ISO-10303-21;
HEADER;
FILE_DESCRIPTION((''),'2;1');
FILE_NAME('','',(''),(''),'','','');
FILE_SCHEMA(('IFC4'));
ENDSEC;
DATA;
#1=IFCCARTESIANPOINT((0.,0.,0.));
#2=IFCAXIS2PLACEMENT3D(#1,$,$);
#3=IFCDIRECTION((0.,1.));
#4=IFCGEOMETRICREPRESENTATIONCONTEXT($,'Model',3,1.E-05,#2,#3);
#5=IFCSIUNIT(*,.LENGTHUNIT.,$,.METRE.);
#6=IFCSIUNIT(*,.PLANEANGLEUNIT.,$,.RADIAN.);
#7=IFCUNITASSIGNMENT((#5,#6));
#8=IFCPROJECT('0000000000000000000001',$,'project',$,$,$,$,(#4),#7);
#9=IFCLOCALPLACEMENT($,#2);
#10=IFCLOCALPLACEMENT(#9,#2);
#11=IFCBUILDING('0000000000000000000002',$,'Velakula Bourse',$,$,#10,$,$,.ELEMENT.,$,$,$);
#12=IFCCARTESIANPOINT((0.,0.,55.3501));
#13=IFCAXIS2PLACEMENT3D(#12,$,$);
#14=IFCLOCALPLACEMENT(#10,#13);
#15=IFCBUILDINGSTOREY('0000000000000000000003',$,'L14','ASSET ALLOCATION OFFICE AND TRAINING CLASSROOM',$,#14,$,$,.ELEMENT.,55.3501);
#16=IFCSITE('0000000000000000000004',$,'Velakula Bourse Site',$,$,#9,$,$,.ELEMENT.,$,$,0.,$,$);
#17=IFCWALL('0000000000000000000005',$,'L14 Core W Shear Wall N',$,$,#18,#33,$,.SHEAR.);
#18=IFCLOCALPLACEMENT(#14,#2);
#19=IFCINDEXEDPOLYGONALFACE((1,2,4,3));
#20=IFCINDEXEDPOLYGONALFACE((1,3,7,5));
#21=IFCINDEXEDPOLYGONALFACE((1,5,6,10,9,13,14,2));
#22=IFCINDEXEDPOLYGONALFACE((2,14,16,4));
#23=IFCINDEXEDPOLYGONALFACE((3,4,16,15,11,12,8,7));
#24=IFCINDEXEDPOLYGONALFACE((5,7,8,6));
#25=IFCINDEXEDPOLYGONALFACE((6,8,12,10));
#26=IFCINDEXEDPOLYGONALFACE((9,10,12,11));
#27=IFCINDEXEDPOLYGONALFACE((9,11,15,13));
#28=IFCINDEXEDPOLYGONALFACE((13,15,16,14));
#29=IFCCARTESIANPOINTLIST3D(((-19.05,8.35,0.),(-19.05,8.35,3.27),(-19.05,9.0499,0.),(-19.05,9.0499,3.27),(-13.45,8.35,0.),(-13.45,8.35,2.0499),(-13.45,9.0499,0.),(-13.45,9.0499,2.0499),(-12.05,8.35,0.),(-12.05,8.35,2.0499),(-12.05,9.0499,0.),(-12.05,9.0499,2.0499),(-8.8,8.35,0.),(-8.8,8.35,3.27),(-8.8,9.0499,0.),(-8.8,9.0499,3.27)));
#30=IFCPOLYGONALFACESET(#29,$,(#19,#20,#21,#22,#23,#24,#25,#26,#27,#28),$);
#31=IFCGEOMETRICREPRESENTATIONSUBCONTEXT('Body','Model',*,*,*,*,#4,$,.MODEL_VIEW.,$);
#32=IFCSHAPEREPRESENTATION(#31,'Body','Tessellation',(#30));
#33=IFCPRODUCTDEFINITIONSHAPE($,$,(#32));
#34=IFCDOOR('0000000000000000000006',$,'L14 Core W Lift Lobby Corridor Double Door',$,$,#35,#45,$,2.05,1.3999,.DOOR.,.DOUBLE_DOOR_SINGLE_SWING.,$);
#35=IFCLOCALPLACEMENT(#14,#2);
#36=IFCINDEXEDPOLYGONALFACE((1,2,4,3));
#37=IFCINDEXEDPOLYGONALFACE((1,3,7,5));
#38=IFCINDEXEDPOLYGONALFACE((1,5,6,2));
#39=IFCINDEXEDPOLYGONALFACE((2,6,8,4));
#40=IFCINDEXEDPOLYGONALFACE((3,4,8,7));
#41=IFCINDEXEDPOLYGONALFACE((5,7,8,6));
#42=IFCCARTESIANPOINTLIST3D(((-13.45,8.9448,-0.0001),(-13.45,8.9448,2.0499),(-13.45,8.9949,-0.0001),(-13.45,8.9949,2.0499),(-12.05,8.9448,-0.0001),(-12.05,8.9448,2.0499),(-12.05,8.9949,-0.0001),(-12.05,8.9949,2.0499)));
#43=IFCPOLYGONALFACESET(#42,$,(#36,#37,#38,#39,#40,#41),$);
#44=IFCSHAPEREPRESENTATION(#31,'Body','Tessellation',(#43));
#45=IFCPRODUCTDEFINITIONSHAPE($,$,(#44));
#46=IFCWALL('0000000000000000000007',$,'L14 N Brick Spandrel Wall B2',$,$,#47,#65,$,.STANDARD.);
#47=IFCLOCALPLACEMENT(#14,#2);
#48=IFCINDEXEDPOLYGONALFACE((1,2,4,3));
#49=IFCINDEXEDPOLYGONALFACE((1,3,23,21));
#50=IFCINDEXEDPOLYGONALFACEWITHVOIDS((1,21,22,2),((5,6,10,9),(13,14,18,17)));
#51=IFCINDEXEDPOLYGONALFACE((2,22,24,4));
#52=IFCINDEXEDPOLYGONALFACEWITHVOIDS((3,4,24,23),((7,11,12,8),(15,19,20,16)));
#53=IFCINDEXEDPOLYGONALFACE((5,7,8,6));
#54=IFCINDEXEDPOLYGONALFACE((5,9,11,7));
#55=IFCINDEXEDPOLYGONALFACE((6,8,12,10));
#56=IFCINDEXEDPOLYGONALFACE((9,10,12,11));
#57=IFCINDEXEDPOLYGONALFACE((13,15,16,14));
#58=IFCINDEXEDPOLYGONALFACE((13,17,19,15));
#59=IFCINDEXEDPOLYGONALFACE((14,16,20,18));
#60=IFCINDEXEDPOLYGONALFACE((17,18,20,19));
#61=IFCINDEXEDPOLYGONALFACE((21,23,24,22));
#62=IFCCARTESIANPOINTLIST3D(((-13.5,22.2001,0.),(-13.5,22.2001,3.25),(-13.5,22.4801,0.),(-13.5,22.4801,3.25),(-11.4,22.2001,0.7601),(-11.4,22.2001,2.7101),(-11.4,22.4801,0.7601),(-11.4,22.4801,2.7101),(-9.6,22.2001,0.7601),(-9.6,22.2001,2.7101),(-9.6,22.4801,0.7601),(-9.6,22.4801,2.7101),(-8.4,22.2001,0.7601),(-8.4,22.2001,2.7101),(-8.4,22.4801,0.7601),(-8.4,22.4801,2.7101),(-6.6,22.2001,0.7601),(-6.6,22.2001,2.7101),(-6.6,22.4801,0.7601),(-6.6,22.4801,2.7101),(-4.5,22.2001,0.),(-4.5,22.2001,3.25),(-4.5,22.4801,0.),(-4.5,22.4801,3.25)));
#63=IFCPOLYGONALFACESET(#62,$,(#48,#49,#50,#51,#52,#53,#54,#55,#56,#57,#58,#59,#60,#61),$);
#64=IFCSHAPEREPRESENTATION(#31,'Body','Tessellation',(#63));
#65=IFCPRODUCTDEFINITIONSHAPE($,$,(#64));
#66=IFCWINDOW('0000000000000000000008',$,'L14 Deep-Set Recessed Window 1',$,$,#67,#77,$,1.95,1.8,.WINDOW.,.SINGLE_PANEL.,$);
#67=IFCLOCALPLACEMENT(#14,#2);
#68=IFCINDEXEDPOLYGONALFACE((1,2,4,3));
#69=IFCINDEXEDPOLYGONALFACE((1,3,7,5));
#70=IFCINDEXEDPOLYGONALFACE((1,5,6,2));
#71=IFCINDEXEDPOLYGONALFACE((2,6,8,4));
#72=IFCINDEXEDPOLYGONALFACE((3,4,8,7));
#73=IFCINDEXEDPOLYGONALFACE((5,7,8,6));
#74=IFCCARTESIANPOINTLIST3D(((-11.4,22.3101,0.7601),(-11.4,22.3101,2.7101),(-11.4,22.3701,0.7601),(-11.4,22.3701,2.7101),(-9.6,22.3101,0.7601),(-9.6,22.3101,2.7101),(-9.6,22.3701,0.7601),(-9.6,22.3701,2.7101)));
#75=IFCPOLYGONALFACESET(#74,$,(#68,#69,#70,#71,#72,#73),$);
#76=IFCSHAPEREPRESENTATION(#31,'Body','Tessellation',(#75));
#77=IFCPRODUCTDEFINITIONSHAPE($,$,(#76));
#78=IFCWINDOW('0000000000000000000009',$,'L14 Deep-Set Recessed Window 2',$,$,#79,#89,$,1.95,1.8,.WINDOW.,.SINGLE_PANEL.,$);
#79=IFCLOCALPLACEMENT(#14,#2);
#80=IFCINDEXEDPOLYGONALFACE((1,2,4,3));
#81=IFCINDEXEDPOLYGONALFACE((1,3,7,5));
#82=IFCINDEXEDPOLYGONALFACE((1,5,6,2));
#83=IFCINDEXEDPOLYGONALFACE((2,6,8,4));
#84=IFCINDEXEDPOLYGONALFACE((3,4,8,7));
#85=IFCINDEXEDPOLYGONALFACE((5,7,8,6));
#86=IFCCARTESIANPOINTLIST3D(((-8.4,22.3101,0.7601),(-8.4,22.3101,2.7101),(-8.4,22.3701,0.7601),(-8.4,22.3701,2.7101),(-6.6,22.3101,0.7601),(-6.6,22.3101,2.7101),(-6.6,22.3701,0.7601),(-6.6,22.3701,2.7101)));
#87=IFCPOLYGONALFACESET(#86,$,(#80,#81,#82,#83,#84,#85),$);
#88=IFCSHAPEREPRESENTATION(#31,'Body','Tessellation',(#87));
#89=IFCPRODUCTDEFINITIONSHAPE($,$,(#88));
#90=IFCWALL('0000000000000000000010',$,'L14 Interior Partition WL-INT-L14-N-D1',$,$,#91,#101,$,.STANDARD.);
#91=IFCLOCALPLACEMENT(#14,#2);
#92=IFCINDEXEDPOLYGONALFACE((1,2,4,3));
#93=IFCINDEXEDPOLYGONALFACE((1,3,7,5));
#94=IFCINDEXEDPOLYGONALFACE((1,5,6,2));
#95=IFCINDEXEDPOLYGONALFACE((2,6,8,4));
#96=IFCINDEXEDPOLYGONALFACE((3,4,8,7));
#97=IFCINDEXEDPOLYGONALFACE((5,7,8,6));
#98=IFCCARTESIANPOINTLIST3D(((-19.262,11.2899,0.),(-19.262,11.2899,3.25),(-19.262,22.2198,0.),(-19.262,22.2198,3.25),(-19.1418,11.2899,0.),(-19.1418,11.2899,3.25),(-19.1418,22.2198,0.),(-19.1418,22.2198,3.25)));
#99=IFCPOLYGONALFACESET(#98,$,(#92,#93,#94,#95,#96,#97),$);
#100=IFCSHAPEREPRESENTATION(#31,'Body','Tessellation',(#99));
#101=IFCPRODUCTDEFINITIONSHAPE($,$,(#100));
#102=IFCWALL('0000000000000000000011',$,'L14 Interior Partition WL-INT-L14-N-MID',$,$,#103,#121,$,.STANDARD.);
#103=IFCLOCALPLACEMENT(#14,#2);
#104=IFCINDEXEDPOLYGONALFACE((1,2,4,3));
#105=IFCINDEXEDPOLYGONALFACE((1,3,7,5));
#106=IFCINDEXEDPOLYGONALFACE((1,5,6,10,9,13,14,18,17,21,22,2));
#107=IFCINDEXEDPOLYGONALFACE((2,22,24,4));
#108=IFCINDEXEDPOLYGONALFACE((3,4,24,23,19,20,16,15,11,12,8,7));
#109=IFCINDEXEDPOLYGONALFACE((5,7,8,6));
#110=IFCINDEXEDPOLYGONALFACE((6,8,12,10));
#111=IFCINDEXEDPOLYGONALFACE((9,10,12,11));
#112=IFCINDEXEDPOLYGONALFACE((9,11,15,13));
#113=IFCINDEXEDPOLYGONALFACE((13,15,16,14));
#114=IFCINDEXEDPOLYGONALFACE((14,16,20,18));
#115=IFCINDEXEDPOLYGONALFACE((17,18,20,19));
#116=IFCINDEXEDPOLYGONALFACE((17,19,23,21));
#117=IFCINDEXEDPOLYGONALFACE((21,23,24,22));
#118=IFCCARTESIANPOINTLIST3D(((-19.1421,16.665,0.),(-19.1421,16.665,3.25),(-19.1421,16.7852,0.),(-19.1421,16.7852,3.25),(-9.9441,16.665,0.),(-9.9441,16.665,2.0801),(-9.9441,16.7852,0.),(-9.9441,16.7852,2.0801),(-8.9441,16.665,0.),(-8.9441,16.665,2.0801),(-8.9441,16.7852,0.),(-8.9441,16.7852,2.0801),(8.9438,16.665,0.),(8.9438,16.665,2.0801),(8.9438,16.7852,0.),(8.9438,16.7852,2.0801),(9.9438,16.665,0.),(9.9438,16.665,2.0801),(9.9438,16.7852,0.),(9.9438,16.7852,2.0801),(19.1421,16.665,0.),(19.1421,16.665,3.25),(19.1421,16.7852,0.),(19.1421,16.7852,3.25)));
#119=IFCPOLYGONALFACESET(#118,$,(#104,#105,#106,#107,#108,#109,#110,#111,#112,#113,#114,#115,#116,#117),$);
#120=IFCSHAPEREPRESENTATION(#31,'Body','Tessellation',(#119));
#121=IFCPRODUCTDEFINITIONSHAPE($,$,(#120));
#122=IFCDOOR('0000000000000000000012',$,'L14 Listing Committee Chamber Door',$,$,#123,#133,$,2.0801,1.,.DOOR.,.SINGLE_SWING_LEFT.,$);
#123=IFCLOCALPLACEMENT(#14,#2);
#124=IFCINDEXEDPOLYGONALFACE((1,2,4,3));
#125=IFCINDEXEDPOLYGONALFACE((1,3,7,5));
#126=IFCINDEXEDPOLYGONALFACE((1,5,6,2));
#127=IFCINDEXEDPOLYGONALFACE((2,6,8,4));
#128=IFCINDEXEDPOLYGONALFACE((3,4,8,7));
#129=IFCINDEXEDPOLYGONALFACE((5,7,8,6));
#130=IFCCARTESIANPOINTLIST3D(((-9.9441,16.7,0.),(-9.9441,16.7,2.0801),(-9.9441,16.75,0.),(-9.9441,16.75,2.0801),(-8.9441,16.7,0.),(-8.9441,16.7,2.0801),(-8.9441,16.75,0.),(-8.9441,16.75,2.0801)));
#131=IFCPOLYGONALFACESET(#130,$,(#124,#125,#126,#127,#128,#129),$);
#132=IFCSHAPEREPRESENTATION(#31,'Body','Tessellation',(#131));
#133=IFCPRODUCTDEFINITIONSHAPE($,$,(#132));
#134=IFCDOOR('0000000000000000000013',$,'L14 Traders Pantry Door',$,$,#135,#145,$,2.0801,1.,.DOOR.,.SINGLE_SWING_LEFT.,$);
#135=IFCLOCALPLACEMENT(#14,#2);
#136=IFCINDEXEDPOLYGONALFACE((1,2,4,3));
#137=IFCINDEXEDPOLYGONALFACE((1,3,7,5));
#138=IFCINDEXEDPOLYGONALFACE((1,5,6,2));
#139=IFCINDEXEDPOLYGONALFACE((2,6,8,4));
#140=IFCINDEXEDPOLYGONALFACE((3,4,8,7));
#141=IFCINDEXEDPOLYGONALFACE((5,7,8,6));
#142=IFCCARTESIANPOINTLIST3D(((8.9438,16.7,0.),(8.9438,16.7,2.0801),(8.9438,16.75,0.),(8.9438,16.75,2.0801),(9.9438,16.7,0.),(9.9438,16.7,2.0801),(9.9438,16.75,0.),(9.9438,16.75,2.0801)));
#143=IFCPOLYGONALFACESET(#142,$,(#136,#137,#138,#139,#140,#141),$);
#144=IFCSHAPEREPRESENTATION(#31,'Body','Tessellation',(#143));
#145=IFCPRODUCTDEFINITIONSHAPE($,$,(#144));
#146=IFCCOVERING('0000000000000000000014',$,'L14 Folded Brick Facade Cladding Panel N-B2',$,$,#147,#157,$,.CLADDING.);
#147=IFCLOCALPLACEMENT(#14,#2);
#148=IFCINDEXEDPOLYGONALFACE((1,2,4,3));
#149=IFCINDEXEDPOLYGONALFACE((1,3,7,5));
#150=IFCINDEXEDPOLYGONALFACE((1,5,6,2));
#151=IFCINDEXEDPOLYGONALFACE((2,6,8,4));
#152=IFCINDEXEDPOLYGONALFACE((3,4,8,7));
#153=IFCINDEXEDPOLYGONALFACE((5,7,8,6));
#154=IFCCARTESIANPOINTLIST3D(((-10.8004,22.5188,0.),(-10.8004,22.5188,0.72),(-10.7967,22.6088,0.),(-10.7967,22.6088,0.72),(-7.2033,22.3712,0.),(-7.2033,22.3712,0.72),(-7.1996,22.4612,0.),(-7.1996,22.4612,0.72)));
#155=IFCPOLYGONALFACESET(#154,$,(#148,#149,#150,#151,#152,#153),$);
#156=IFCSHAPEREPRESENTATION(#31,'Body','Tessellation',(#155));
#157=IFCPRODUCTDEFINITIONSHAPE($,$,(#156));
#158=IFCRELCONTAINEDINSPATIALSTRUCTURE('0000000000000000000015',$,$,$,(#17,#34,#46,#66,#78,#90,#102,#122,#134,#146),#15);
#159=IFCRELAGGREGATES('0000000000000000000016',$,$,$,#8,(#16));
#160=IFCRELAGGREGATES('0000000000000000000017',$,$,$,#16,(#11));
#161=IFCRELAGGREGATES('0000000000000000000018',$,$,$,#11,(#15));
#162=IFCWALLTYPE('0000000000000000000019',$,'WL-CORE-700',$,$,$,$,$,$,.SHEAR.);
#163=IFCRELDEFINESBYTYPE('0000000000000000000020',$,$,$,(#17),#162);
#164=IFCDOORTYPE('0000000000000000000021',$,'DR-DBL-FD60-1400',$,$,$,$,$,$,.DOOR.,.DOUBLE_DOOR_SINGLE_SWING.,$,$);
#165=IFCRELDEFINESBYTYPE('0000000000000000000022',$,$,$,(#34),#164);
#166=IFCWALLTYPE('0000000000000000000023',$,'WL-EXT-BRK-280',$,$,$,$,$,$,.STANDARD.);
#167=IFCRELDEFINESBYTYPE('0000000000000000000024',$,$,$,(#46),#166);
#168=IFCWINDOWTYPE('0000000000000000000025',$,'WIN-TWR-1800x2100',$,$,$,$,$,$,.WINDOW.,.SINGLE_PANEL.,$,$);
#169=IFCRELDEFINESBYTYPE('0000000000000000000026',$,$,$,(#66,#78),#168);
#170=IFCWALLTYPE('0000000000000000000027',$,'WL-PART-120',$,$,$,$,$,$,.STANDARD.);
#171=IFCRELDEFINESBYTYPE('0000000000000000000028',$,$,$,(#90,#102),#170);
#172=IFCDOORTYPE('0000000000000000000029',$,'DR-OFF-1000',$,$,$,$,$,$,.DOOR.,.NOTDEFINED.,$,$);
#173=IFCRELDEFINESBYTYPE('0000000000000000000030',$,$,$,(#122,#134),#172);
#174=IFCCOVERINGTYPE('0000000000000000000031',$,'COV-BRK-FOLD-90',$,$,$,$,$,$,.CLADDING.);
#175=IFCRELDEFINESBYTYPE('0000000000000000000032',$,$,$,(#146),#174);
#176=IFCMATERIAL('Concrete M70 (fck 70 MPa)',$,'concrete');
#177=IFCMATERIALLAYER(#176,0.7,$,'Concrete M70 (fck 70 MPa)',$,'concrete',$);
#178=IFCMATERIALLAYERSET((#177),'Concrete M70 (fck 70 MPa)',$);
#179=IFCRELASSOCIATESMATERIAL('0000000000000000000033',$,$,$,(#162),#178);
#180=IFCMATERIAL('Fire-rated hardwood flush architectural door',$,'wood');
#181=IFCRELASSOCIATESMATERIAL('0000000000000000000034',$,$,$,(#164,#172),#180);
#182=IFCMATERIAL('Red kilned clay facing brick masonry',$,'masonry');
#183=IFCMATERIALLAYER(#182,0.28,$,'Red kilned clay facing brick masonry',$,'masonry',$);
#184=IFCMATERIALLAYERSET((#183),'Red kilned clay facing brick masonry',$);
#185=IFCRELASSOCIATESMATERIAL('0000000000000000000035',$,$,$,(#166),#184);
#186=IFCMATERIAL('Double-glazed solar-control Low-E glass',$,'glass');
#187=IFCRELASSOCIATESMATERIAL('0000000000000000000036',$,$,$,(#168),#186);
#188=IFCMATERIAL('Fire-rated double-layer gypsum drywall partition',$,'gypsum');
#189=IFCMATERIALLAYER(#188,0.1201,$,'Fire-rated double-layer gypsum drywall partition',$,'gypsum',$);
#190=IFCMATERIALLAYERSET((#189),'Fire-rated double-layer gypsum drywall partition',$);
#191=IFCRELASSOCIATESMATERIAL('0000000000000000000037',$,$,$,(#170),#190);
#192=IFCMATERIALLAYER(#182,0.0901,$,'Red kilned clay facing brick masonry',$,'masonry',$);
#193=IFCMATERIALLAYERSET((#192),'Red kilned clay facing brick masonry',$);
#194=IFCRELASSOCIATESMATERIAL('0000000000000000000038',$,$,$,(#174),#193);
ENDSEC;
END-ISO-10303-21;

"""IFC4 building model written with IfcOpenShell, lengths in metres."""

from ifc_helpers import new_model, si_unit, direction, frame, frame_2d, origin, origin_2d, place, context, subcontext, project, spatial, rectangle, extrude, material, layer, layer_set, type_object, element, fill, save


model = new_model("IFC4")

# Units and contexts
model_context = context("Model", 3, precision=1e-05, world=origin(), true_north=direction((0.0, 1.0)))
body_context = subcontext(model_context, "Body", "Model", "MODEL_VIEW")
ifc_project = project(units=[si_unit("LENGTHUNIT", "METRE"), si_unit("PLANEANGLEUNIT", "RADIAN")], contexts=[model_context])

# Site, building, storey
site_placement = place(None, origin())
site = spatial("IfcSite", under=ifc_project, at=site_placement, Name="Velakula Bourse Site", CompositionType="ELEMENT", RefElevation=0.0)
building_placement = place(site_placement, origin())
building = spatial("IfcBuilding", under=site, at=building_placement, Name="Velakula Bourse", CompositionType="ELEMENT")
storey_placement = place(building_placement, frame((0.0, 0.0, 55.3501)))
storey = spatial("IfcBuildingStorey", under=building, at=storey_placement, Name="L14", Description="ASSET ALLOCATION OFFICE AND TRAINING CLASSROOM", CompositionType="ELEMENT", Elevation=55.3501)

# Wall, opening, door
ifc_material_1 = material(Name="Concrete M70 (fck 70 MPa)", Category="concrete")
ifc_layer_1 = layer(ifc_material_1, 0.7, Name="Concrete M70 (fck 70 MPa)", Category="concrete")
ifc_layer_set_1 = layer_set([ifc_layer_1], Name="Concrete M70 (fck 70 MPa)")
wall_type_1 = type_object("IfcWallType", Name="WL-CORE-700", PredefinedType="SHEAR", material=ifc_layer_set_1)
wall_1_placement = place(storey_placement, frame((-19.05, 8.7, 0.0), z_axis=(0.0, 0.0, 1.0), x_axis=(1.0, 0.0, 0.0)))
wall_1 = element("IfcWall", 1, at=wall_1_placement, inside=storey, type_object=wall_type_1, Name="L14 Core W Shear Wall N", PredefinedType="SHEAR", context=body_context, shape_type="SweptSolid", body=[
    extrude(rectangle(XDim=10.25, YDim=0.7, at=frame_2d((5.125, 0.0))), origin(), (0.0, 0.0, 1.0), 3.27),
])
opening_1_placement = place(wall_1_placement, frame((5.6001, 0.0, 0.0)))
opening_1 = element("IfcOpeningElement", 2, at=opening_1_placement, cuts=wall_1, PredefinedType="OPENING", context=body_context, shape_type="SweptSolid", body=[
    extrude(rectangle(XDim=1.3999, YDim=2.05, at=frame_2d((0.7, 1.0249))), frame((0.0, 0.3599, 0.0), z_axis=(0.0, -1.0, 0.0), x_axis=(1.0, 0.0, 0.0)), (0.0, 0.0, 1.0), 0.72),
])
ifc_material_2 = material(Name="Fire-rated hardwood flush architectural door", Category="wood")
door_type_1 = type_object("IfcDoorType", Name="DR-DBL-FD60-1400", OperationType="DOUBLE_DOOR_SINGLE_SWING", PredefinedType="DOOR", material=ifc_material_2)
door_1_placement = place(opening_1_placement, origin())
door_1 = element("IfcDoor", 3, at=door_1_placement, inside=storey, type_object=door_type_1, Name="L14 Core W Lift Lobby Corridor Double Door", OperationType="DOUBLE_DOOR_SINGLE_SWING", OverallHeight=2.05, OverallWidth=1.3999, PredefinedType="DOOR", context=body_context, shape_type="SweptSolid", body=[
    extrude(rectangle(XDim=1.3999, YDim=2.05, at=frame_2d((0.7, 1.0249))), frame((0.0, 0.2949, 0.0), z_axis=(0.0, -1.0, 0.0), x_axis=(1.0, 0.0, 0.0)), (0.0, 0.0, 1.0), 0.05),
])
fill(opening_1, door_1)

# Wall, openings, windows
ifc_material_3 = material(Name="Red kilned clay facing brick masonry", Category="masonry")
ifc_layer_2 = layer(ifc_material_3, 0.28, Name="Red kilned clay facing brick masonry", Category="masonry")
ifc_layer_set_2 = layer_set([ifc_layer_2], Name="Red kilned clay facing brick masonry")
wall_type_2 = type_object("IfcWallType", Name="WL-EXT-BRK-280", PredefinedType="STANDARD", material=ifc_layer_set_2)
wall_2_placement = place(storey_placement, frame((-13.5, 22.3401, 0.0), z_axis=(0.0, 0.0, 1.0), x_axis=(1.0, 0.0, 0.0)))
wall_2 = element("IfcWall", 4, at=wall_2_placement, inside=storey, type_object=wall_type_2, Name="L14 N Brick Spandrel Wall B2", PredefinedType="STANDARD", context=body_context, shape_type="SweptSolid", body=[
    extrude(rectangle(XDim=9.0, YDim=0.28, at=frame_2d((4.5, 0.0))), origin(), (0.0, 0.0, 1.0), 3.25),
])
opening_2_placement = place(wall_2_placement, frame((2.1001, 0.0, 0.76)))
opening_2 = element("IfcOpeningElement", 5, at=opening_2_placement, cuts=wall_2, PredefinedType="OPENING", context=body_context, shape_type="SweptSolid", body=[
    extrude(rectangle(XDim=1.8, YDim=1.95, at=frame_2d((0.8999, 0.9751))), frame((0.0, 0.1499, 0.0), z_axis=(0.0, -1.0, 0.0), x_axis=(1.0, 0.0, 0.0)), (0.0, 0.0, 1.0), 0.3),
])
opening_3_placement = place(wall_2_placement, frame((5.1001, 0.0, 0.76)))
opening_3 = element("IfcOpeningElement", 6, at=opening_3_placement, cuts=wall_2, PredefinedType="OPENING", context=body_context, shape_type="SweptSolid", body=[
    extrude(rectangle(XDim=1.8, YDim=1.95, at=frame_2d((0.8999, 0.9751))), frame((0.0, 0.1499, 0.0), z_axis=(0.0, -1.0, 0.0), x_axis=(1.0, 0.0, 0.0)), (0.0, 0.0, 1.0), 0.3),
])
ifc_material_4 = material(Name="Double-glazed solar-control Low-E glass", Category="glass")
window_type = type_object("IfcWindowType", Name="WIN-TWR-1800x2100", PartitioningType="SINGLE_PANEL", PredefinedType="WINDOW", material=ifc_material_4)
window_1_placement = place(opening_2_placement, origin())
window_1 = element("IfcWindow", 7, at=window_1_placement, inside=storey, type_object=window_type, Name="L14 Deep-Set Recessed Window 1", OverallHeight=1.95, OverallWidth=1.8, PartitioningType="SINGLE_PANEL", PredefinedType="WINDOW", context=body_context, shape_type="SweptSolid", body=[
    extrude(rectangle(XDim=1.8, YDim=1.95, at=frame_2d((0.8999, 0.9751))), frame((0.0, 0.03, 0.0), z_axis=(0.0, -1.0, 0.0), x_axis=(1.0, 0.0, 0.0)), (0.0, 0.0, 1.0), 0.0601),
])
fill(opening_2, window_1)
window_2_placement = place(opening_3_placement, origin())
window_2 = element("IfcWindow", 8, at=window_2_placement, inside=storey, type_object=window_type, Name="L14 Deep-Set Recessed Window 2", OverallHeight=1.95, OverallWidth=1.8, PartitioningType="SINGLE_PANEL", PredefinedType="WINDOW", context=body_context, shape_type="SweptSolid", body=[
    extrude(rectangle(XDim=1.8, YDim=1.95, at=frame_2d((0.8999, 0.9751))), frame((0.0, 0.03, 0.0), z_axis=(0.0, -1.0, 0.0), x_axis=(1.0, 0.0, 0.0)), (0.0, 0.0, 1.0), 0.0601),
])
fill(opening_3, window_2)

# Wall
ifc_material_5 = material(Name="Fire-rated double-layer gypsum drywall partition", Category="gypsum")
ifc_layer_3 = layer(ifc_material_5, 0.1201, Name="Fire-rated double-layer gypsum drywall partition", Category="gypsum")
ifc_layer_set_3 = layer_set([ifc_layer_3], Name="Fire-rated double-layer gypsum drywall partition")
wall_type_3 = type_object("IfcWallType", Name="WL-PART-120", PredefinedType="STANDARD", material=ifc_layer_set_3)
wall_3_placement = place(storey_placement, frame((-19.2019, 11.29, 0.0), z_axis=(0.0, 0.0, 1.0), x_axis=(0.0, 1.0, 0.0)))
element("IfcWall", 9, at=wall_3_placement, inside=storey, type_object=wall_type_3, Name="L14 Interior Partition WL-INT-L14-N-D1", PredefinedType="STANDARD", context=body_context, shape_type="SweptSolid", body=[
    extrude(rectangle(XDim=10.9299, YDim=0.1201, at=frame_2d((5.4648, 0.0))), origin(), (0.0, 0.0, 1.0), 3.25),
])

# Wall, openings, doors
wall_4_placement = place(storey_placement, frame((-19.1421, 16.7251, 0.0), z_axis=(0.0, 0.0, 1.0), x_axis=(1.0, 0.0, 0.0)))
wall_4 = element("IfcWall", 10, at=wall_4_placement, inside=storey, type_object=wall_type_3, Name="L14 Interior Partition WL-INT-L14-N-MID", PredefinedType="STANDARD", context=body_context, shape_type="SweptSolid", body=[
    extrude(rectangle(XDim=38.2842, YDim=0.1201, at=frame_2d((19.1421, 0.0))), origin(), (0.0, 0.0, 1.0), 3.25),
])
opening_4_placement = place(wall_4_placement, frame((9.198, 0.0, 0.0)))
opening_4 = element("IfcOpeningElement", 11, at=opening_4_placement, cuts=wall_4, PredefinedType="OPENING", context=body_context, shape_type="SweptSolid", body=[
    extrude(rectangle(XDim=1.0, YDim=2.0801, at=frame_2d((0.5, 1.04))), frame((0.0, 0.0701, 0.0), z_axis=(0.0, -1.0, 0.0), x_axis=(1.0, 0.0, 0.0)), (0.0, 0.0, 1.0), 0.1401),
])
opening_5_placement = place(wall_4_placement, frame((28.0859, 0.0, 0.0)))
opening_5 = element("IfcOpeningElement", 12, at=opening_5_placement, cuts=wall_4, PredefinedType="OPENING", context=body_context, shape_type="SweptSolid", body=[
    extrude(rectangle(XDim=1.0, YDim=2.0801, at=frame_2d((0.5, 1.04))), frame((0.0, 0.0701, 0.0), z_axis=(0.0, -1.0, 0.0), x_axis=(1.0, 0.0, 0.0)), (0.0, 0.0, 1.0), 0.1401),
])
door_type_2 = type_object("IfcDoorType", Name="DR-OFF-1000", OperationType="NOTDEFINED", PredefinedType="DOOR", material=ifc_material_2)
door_2_placement = place(opening_4_placement, origin())
door_2 = element("IfcDoor", 13, at=door_2_placement, inside=storey, type_object=door_type_2, Name="L14 Listing Committee Chamber Door", OperationType="SINGLE_SWING_LEFT", OverallHeight=2.0801, OverallWidth=1.0, PredefinedType="DOOR", context=body_context, shape_type="SweptSolid", body=[
    extrude(rectangle(XDim=1.0, YDim=2.0801, at=frame_2d((0.5, 1.04))), frame((0.0, 0.0249, 0.0), z_axis=(0.0, -1.0, 0.0), x_axis=(1.0, 0.0, 0.0)), (0.0, 0.0, 1.0), 0.05),
])
fill(opening_4, door_2)
door_3_placement = place(opening_5_placement, origin())
door_3 = element("IfcDoor", 14, at=door_3_placement, inside=storey, type_object=door_type_2, Name="L14 Traders Pantry Door", OperationType="SINGLE_SWING_LEFT", OverallHeight=2.0801, OverallWidth=1.0, PredefinedType="DOOR", context=body_context, shape_type="SweptSolid", body=[
    extrude(rectangle(XDim=1.0, YDim=2.0801, at=frame_2d((0.5, 1.04))), frame((0.0, 0.0249, 0.0), z_axis=(0.0, -1.0, 0.0), x_axis=(1.0, 0.0, 0.0)), (0.0, 0.0, 1.0), 0.05),
])
fill(opening_5, door_3)

# Covering
ifc_layer_4 = layer(ifc_material_3, 0.0901, Name="Red kilned clay facing brick masonry", Category="masonry")
ifc_layer_set_4 = layer_set([ifc_layer_4], Name="Red kilned clay facing brick masonry")
covering_type = type_object("IfcCoveringType", Name="COV-BRK-FOLD-90", PredefinedType="CLADDING", material=ifc_layer_set_4)
covering_placement = place(storey_placement, frame((-9.0, 22.49, 0.0), z_axis=(0.0, 0.0, 1.0), x_axis=(0.999159, -0.041004, 0.0)))
element("IfcCovering", 15, at=covering_placement, inside=storey, type_object=covering_type, Name="L14 Folded Brick Facade Cladding Panel N-B2", PredefinedType="CLADDING", context=body_context, shape_type="SweptSolid", body=[
    extrude(rectangle(XDim=3.6001, YDim=0.0901, at=origin_2d()), origin(), (0.0, 0.0, 1.0), 0.72),
])

save(model, "model.ifc")
